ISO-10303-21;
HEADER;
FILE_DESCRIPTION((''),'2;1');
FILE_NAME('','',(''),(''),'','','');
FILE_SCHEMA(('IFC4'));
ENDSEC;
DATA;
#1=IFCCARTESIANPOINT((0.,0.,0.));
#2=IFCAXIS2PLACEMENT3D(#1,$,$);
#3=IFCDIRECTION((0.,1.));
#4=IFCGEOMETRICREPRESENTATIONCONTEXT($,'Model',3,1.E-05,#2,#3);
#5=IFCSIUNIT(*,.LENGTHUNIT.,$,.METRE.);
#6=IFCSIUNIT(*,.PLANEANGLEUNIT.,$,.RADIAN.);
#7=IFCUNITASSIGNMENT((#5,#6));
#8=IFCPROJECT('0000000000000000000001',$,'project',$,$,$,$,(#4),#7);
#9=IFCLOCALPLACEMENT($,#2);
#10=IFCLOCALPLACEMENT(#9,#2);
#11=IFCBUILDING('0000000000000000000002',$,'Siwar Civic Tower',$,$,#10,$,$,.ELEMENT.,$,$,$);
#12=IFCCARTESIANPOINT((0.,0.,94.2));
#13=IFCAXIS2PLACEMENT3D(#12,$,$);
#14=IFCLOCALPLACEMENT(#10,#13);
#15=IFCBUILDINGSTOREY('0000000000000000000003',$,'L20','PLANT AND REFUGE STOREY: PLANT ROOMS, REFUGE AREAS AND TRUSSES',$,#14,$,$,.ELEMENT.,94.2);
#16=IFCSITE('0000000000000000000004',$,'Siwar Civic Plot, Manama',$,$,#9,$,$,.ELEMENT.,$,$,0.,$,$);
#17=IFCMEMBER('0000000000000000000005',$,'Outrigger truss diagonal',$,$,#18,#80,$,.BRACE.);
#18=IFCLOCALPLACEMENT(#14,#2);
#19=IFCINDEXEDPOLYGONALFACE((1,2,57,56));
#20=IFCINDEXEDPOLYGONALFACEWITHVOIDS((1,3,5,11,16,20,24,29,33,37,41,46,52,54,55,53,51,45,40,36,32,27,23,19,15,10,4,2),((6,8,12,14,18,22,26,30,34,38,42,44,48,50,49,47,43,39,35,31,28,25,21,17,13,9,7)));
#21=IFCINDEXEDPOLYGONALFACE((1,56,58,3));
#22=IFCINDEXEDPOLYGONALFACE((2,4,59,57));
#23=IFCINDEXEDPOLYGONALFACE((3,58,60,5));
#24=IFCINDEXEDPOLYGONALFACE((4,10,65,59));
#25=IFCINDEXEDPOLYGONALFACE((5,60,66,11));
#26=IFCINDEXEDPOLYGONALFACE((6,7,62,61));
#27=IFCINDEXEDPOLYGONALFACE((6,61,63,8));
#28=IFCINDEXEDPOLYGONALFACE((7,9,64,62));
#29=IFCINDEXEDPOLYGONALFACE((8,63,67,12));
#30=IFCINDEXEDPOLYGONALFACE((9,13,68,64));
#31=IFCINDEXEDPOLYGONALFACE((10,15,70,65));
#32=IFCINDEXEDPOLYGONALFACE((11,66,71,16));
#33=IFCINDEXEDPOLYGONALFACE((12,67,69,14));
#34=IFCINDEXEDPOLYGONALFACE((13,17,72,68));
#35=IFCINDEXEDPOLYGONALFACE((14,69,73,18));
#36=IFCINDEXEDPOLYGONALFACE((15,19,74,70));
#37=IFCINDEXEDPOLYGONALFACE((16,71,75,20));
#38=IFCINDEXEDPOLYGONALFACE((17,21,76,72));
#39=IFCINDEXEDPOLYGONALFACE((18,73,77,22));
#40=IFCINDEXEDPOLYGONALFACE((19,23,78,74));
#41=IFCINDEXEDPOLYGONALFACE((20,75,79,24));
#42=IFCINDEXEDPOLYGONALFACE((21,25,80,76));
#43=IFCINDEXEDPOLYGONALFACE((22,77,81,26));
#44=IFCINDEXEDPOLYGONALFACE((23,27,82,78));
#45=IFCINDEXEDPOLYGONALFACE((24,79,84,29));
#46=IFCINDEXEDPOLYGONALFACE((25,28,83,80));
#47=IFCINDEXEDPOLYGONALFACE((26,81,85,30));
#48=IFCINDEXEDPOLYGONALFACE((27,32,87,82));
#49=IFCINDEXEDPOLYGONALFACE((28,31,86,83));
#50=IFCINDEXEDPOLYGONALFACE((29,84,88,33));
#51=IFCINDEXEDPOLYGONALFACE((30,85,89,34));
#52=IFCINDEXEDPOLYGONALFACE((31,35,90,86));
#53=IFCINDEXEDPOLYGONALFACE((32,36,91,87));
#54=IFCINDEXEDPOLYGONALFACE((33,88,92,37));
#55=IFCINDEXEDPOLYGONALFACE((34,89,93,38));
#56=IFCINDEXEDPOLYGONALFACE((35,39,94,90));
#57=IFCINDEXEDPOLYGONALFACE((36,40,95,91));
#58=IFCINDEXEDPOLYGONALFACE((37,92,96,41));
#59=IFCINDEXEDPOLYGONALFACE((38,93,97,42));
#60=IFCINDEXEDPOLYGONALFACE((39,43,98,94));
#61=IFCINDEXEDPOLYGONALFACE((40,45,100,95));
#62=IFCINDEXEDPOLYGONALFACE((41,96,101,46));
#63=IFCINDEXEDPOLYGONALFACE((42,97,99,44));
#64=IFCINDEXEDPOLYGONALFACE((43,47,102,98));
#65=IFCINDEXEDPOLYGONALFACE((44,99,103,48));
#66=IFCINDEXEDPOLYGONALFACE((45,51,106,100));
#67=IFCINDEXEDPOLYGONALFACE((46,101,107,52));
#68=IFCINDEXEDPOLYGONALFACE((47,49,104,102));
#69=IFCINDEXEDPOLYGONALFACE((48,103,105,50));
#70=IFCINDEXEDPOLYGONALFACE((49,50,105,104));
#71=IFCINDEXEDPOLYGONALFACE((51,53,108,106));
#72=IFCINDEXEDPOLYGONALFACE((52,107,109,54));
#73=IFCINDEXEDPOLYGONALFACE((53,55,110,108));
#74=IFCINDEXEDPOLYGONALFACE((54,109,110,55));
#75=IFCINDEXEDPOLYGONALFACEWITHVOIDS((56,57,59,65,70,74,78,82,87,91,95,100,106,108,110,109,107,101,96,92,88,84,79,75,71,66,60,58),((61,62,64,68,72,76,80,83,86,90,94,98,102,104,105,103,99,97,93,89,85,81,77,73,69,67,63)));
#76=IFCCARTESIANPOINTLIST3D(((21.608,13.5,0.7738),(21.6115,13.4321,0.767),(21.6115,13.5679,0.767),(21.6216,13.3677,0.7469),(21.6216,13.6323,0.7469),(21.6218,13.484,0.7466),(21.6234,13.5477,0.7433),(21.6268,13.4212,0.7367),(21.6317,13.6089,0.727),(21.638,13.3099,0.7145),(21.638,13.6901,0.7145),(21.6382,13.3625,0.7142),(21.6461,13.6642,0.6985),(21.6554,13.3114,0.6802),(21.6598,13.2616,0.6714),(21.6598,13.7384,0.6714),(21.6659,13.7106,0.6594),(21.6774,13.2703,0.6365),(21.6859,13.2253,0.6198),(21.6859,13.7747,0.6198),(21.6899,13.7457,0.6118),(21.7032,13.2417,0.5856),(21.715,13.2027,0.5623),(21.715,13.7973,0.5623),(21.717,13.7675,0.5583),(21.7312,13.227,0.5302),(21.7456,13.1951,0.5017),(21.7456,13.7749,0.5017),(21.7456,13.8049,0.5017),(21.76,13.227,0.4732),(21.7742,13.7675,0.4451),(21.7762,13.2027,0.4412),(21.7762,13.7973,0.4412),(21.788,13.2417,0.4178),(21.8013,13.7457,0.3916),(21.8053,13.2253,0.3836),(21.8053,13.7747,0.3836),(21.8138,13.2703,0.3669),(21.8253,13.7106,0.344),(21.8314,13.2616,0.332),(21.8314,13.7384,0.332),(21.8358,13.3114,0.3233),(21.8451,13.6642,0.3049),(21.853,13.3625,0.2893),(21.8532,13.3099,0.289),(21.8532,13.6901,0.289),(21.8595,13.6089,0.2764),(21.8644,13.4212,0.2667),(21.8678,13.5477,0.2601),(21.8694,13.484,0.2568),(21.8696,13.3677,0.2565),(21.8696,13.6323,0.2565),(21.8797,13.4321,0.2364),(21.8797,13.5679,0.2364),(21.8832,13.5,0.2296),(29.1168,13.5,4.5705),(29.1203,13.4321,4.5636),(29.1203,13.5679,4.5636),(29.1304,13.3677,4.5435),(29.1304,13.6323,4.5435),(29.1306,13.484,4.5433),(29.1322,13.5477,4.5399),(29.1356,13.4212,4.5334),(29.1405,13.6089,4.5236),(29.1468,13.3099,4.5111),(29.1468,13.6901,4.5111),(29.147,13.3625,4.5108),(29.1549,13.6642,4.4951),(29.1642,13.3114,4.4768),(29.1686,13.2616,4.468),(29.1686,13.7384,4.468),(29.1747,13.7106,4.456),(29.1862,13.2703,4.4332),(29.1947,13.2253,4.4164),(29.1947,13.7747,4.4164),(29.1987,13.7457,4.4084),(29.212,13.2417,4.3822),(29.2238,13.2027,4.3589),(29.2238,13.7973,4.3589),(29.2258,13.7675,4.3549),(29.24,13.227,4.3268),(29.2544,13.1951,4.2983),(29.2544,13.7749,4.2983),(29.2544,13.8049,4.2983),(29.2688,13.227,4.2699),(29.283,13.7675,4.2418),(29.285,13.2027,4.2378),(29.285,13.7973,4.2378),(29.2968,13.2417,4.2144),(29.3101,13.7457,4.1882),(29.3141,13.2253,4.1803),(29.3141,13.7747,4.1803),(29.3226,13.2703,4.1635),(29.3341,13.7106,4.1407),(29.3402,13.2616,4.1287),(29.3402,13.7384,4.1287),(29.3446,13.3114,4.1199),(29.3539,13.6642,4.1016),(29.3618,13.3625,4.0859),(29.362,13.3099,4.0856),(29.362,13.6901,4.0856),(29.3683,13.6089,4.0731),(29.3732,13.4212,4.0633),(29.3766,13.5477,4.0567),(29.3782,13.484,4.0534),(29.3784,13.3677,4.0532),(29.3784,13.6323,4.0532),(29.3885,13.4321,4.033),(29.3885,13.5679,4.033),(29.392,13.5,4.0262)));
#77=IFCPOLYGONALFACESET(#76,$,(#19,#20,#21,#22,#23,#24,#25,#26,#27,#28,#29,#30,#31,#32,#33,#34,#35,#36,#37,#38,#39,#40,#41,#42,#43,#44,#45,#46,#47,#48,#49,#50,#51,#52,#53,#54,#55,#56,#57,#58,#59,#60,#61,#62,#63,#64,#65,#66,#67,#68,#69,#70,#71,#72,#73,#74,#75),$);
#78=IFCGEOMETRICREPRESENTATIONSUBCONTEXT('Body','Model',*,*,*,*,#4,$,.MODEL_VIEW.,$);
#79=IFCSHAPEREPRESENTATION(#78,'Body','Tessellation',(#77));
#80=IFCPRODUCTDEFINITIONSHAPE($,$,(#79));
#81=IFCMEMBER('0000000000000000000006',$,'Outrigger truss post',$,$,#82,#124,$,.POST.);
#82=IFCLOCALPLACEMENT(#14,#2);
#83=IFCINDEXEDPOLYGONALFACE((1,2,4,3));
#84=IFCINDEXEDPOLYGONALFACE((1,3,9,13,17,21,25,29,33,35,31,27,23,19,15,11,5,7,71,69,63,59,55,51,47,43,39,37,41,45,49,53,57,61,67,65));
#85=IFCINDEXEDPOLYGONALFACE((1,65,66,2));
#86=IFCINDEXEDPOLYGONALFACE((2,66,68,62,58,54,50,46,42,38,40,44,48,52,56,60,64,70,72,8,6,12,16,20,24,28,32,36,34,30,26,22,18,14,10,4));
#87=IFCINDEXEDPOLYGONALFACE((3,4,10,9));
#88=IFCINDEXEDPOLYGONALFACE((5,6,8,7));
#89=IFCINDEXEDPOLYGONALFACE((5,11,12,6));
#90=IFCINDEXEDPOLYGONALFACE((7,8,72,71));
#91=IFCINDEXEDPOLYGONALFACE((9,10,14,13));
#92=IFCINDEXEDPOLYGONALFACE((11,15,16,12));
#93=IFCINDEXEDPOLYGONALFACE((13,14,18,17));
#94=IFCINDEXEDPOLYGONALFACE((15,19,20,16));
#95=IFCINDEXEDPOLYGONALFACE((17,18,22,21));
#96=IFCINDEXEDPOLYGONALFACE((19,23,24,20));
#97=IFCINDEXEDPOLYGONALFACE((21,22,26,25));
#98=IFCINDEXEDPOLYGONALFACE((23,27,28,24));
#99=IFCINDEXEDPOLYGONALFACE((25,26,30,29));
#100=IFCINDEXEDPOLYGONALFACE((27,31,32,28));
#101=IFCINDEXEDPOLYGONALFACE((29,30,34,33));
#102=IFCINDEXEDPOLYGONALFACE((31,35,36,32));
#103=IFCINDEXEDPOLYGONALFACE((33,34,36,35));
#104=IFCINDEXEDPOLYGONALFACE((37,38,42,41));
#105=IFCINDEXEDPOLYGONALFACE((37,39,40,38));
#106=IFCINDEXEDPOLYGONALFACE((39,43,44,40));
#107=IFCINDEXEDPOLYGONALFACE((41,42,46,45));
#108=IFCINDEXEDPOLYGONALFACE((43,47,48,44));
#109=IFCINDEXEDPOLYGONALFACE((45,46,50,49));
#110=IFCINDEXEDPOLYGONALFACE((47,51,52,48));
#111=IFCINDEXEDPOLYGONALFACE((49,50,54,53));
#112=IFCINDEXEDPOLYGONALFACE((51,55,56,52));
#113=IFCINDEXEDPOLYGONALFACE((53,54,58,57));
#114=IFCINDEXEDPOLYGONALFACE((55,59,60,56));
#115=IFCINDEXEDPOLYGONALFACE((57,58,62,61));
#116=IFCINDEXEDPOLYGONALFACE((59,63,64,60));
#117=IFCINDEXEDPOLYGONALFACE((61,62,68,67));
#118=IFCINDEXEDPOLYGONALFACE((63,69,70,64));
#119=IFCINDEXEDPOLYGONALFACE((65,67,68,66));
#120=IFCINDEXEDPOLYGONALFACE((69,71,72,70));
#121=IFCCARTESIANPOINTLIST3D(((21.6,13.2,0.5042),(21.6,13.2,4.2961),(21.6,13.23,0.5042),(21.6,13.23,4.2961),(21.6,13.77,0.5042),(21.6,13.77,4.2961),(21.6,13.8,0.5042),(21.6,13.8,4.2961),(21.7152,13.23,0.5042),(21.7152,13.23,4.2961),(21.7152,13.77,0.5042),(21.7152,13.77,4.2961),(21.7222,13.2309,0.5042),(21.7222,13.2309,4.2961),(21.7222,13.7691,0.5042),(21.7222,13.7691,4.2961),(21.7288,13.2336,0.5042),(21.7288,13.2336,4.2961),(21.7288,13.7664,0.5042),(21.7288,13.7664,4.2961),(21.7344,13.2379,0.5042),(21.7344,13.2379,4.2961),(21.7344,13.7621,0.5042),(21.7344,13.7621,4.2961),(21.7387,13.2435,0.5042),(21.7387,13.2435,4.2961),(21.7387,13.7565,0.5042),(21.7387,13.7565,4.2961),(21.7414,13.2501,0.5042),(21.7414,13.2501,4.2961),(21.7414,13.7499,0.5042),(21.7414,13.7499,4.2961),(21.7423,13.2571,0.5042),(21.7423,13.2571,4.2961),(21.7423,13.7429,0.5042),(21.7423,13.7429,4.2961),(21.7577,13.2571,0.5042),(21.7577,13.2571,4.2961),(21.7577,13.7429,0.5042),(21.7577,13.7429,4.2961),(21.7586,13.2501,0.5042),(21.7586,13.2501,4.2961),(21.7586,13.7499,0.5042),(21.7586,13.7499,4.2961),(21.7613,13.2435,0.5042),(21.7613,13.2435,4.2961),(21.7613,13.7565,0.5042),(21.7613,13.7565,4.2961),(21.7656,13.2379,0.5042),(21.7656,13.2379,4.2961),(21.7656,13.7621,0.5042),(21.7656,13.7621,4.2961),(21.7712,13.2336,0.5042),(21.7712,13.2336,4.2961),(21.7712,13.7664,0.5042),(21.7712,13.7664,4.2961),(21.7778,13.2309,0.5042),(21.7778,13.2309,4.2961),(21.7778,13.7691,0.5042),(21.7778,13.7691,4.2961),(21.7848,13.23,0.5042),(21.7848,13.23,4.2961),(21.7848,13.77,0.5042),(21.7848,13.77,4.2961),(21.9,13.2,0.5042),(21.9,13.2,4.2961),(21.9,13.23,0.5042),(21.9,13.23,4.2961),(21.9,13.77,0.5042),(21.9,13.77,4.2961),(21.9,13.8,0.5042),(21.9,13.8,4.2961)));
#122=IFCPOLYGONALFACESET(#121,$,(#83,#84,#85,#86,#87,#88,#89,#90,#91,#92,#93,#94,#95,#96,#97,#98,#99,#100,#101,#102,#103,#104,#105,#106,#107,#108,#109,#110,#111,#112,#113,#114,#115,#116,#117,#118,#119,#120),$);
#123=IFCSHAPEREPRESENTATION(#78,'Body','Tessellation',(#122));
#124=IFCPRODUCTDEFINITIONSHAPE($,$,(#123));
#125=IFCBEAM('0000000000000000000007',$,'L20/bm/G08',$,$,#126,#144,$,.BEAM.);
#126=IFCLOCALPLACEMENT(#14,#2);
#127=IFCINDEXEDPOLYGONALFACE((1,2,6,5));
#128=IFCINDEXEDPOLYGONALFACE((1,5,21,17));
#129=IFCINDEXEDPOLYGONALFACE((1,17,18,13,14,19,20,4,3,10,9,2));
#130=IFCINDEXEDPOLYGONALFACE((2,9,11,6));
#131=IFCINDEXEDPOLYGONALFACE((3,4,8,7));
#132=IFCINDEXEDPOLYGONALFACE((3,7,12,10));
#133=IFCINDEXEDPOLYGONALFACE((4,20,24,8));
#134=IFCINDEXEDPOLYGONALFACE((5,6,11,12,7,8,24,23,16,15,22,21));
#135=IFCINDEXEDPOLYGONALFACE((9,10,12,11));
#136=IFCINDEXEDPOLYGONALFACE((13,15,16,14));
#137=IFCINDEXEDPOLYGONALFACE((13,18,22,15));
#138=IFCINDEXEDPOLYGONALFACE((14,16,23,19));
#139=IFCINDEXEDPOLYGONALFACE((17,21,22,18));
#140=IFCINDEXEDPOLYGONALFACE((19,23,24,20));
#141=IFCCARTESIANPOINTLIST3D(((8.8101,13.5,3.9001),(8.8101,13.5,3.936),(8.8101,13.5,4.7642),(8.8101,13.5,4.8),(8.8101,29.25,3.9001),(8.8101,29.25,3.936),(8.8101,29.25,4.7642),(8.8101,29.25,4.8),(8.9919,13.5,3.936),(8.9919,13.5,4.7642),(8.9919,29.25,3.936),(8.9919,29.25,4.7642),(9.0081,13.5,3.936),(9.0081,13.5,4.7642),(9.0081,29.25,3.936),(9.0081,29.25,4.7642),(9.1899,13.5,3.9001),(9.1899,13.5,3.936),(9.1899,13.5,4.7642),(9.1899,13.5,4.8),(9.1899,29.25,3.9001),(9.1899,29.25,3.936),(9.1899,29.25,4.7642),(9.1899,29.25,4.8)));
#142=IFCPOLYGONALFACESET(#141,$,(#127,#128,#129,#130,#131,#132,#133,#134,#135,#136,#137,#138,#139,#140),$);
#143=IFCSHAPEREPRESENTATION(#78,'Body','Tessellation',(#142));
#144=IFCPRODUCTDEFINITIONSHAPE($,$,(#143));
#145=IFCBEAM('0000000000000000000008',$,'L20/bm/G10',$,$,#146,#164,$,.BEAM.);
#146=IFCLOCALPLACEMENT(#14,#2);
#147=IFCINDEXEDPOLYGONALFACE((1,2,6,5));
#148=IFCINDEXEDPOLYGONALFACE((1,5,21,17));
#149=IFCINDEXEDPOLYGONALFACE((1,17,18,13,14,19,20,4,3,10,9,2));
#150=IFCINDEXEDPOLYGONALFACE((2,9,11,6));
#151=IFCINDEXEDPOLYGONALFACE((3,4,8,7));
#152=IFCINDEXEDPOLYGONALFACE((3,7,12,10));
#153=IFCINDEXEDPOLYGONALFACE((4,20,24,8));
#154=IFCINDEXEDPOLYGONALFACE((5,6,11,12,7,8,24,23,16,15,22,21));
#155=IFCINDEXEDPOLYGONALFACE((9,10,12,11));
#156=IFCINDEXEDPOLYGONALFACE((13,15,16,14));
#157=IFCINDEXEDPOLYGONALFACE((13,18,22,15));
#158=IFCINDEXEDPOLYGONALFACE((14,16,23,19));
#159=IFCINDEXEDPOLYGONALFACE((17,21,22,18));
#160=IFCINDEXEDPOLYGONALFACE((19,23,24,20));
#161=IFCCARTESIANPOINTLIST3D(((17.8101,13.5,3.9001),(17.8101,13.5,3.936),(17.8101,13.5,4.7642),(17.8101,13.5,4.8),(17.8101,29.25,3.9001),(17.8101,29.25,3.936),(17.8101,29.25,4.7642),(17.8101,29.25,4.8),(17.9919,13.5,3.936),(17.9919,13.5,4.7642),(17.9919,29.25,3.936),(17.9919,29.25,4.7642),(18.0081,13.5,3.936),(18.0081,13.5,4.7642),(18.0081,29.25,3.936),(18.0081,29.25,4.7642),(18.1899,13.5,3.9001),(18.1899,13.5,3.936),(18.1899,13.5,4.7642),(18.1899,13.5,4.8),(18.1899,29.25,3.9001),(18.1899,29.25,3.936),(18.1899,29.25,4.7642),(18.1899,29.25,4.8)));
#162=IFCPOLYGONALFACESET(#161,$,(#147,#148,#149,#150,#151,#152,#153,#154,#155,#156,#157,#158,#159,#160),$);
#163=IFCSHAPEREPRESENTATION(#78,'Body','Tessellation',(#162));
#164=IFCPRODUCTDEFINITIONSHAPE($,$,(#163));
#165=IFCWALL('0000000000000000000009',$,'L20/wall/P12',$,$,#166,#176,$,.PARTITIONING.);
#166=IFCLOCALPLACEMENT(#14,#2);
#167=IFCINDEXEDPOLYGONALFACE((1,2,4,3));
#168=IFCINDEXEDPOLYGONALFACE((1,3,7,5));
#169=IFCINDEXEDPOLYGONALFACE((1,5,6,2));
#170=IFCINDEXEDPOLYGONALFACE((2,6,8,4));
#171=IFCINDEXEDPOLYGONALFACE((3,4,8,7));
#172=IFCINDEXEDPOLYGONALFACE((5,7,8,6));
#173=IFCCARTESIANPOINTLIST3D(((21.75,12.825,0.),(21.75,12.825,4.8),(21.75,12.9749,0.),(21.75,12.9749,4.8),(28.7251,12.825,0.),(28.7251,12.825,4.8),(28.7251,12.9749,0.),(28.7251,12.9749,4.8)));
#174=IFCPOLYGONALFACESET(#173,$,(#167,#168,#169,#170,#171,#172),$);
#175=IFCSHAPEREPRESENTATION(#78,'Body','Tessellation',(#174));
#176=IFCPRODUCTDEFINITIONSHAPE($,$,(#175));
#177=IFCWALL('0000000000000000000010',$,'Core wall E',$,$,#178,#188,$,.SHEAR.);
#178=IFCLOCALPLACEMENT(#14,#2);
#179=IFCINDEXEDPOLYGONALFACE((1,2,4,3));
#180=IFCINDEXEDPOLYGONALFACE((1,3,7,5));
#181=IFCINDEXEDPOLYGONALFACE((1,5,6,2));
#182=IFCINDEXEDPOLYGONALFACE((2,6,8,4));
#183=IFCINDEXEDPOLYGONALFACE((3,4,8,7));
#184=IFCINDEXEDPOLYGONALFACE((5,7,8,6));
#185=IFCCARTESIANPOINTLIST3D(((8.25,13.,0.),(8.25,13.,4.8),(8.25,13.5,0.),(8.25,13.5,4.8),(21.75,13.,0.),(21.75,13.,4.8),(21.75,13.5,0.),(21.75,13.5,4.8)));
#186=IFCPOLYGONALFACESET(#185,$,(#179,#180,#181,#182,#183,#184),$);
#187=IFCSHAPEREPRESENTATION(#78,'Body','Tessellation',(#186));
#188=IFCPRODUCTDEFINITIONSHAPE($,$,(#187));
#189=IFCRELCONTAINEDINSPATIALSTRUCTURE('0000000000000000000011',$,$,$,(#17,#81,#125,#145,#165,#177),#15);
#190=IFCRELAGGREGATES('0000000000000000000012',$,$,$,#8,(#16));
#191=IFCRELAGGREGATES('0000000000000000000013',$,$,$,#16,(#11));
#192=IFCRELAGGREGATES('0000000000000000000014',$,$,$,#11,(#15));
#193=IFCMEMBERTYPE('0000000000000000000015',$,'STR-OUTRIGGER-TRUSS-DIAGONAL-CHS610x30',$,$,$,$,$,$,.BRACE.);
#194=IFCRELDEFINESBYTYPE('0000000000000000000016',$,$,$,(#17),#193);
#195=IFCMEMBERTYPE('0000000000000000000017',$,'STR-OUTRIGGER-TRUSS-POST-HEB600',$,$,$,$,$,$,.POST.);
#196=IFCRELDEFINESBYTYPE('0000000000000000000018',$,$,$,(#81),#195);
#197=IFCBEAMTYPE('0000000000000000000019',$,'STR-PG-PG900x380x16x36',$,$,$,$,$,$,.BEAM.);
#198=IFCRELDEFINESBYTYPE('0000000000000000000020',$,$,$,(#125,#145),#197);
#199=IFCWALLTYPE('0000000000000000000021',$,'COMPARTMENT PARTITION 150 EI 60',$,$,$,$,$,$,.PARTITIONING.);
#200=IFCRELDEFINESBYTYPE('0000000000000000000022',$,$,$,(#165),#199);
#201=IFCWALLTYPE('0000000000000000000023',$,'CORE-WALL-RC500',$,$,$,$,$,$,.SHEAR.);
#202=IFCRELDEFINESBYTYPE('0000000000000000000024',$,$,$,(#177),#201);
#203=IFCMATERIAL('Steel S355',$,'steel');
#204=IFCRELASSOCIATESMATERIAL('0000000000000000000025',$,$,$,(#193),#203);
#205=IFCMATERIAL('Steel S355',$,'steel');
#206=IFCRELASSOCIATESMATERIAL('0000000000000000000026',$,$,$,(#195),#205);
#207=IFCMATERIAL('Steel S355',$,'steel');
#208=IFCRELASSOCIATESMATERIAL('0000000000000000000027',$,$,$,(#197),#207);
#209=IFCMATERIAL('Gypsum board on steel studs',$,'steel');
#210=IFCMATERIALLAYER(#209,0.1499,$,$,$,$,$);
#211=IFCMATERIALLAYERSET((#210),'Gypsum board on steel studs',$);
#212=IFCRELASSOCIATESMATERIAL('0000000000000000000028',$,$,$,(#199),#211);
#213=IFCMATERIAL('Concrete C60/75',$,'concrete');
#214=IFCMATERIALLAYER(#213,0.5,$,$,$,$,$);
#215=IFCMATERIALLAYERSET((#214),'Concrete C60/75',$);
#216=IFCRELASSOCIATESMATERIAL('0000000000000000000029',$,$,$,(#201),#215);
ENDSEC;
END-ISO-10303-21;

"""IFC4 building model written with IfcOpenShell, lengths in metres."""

from ifc_helpers import new_model, si_unit, direction, frame, frame_2d, origin, origin_2d, place, context, subcontext, project, spatial, rectangle, hollow_circle, i_section, extrude, material, layer, layer_set, material_profile, profile_set, type_object, element, save


model = new_model("IFC4")

# Units and contexts
model_context = context("Model", 3, precision=1e-05, world=origin(), true_north=direction((0.0, 1.0)))
body_context = subcontext(model_context, "Body", "Model", "MODEL_VIEW")
ifc_project = project(units=[si_unit("LENGTHUNIT", "METRE"), si_unit("PLANEANGLEUNIT", "RADIAN")], contexts=[model_context])

# Site, building, storey
site_placement = place(None, origin())
site = spatial("IfcSite", under=ifc_project, at=site_placement, Name="Siwar Civic Plot, Manama", CompositionType="ELEMENT", RefElevation=0.0)
building_placement = place(site_placement, origin())
building = spatial("IfcBuilding", under=site, at=building_placement, Name="Siwar Civic Tower", CompositionType="ELEMENT")
storey_placement = place(building_placement, frame((0.0, 0.0, 94.2)))
storey = spatial("IfcBuildingStorey", under=building, at=storey_placement, Name="L20", Description="PLANT AND REFUGE STOREY: PLANT ROOMS, REFUGE AREAS AND TRUSSES", CompositionType="ELEMENT", Elevation=94.2)

# Members
ifc_material_1 = material(Name="Steel S355", Category="steel")
ifc_material_profile_1 = material_profile(ifc_material_1, hollow_circle(Radius=0.3049, WallThickness=0.03, at=origin_2d()), Name="CHS610x30")
ifc_profile_set_1 = profile_set([ifc_material_profile_1], Name="Steel S355")
member_type_1 = type_object("IfcMemberType", Name="STR-OUTRIGGER-TRUSS-DIAGONAL-CHS610x30", PredefinedType="BRACE", material=ifc_profile_set_1)
member_1_placement = place(storey_placement, frame((21.7456, 13.5, 0.5017), z_axis=(0.89241, 0.0, 0.451225), x_axis=(0.0, 1.0, 0.0)))
element("IfcMember", 1, at=member_1_placement, inside=storey, type_object=member_type_1, Name="Outrigger truss diagonal", PredefinedType="BRACE", context=body_context, shape_type="SweptSolid", body=[
    extrude(hollow_circle(Radius=0.3049, WallThickness=0.03, at=origin_2d()), origin(), (0.0, 0.0, 1.0), 8.4141),
])
ifc_material_2 = material(Name="Steel S355", Category="steel")
ifc_material_profile_2 = material_profile(ifc_material_2, i_section(OverallWidth=0.3, OverallDepth=0.6001, WebThickness=0.0154, FlangeThickness=0.03, FilletRadius=0.0271, at=origin_2d()), Name="HEB600")
ifc_profile_set_2 = profile_set([ifc_material_profile_2], Name="Steel S355")
member_type_2 = type_object("IfcMemberType", Name="STR-OUTRIGGER-TRUSS-POST-HEB600", PredefinedType="POST", material=ifc_profile_set_2)
member_2_placement = place(storey_placement, frame((21.75, 13.5, 0.5042), z_axis=(0.0, 0.0, 1.0), x_axis=(1.0, 0.0, 0.0)))
element("IfcMember", 2, at=member_2_placement, inside=storey, type_object=member_type_2, Name="Outrigger truss post", PredefinedType="POST", context=body_context, shape_type="SweptSolid", body=[
    extrude(i_section(OverallWidth=0.3, OverallDepth=0.6001, WebThickness=0.0154, FlangeThickness=0.03, FilletRadius=0.0271, at=origin_2d()), origin(), (0.0, 0.0, 1.0), 3.792),
])

# Beams
ifc_material_3 = material(Name="Steel S355", Category="steel")
ifc_material_profile_3 = material_profile(ifc_material_3, i_section(OverallWidth=0.3799, OverallDepth=0.8999, WebThickness=0.0161, FlangeThickness=0.0359, at=origin_2d()), Name="PG900x380x16x36")
ifc_profile_set_3 = profile_set([ifc_material_profile_3], Name="Steel S355")
beam_type_1 = type_object("IfcBeamType", Name="STR-PG-PG900x380x16x36", PredefinedType="BEAM", material=ifc_profile_set_3)
for number, where, z_axis, x_axis, name in (
    (3, (9.0, 13.5, 4.3501), (0.0, 1.0, 0.0), (-1.0, 0.0, 0.0), "L20/bm/G08"),
    (4, (18.0, 13.5, 4.3501), (0.0, 1.0, 0.0), (-1.0, 0.0, 0.0), "L20/bm/G10"),
):
    element("IfcBeam", number, at=place(storey_placement, frame(where, z_axis=z_axis, x_axis=x_axis)), inside=storey, type_object=beam_type_1, Name=name, PredefinedType="BEAM", context=body_context, shape_type="SweptSolid", body=[
        extrude(i_section(OverallWidth=0.3799, OverallDepth=0.8999, WebThickness=0.0161, FlangeThickness=0.0359, at=origin_2d()), origin(), (0.0, 0.0, 1.0), 15.75),
    ])

# Walls
ifc_material_4 = material(Name="Gypsum board on steel studs", Category="steel")
ifc_layer_1 = layer(ifc_material_4, 0.1499)
ifc_layer_set_1 = layer_set([ifc_layer_1], Name="Gypsum board on steel studs")
wall_type_1 = type_object("IfcWallType", Name="COMPARTMENT PARTITION 150 EI 60", PredefinedType="PARTITIONING", material=ifc_layer_set_1)
wall_1_placement = place(storey_placement, frame((21.75, 12.8999, 0.0), z_axis=(0.0, 0.0, 1.0), x_axis=(1.0, 0.0, 0.0)))
element("IfcWall", 5, at=wall_1_placement, inside=storey, type_object=wall_type_1, Name="L20/wall/P12", PredefinedType="PARTITIONING", context=body_context, shape_type="SweptSolid", body=[
    extrude(rectangle(XDim=6.9751, YDim=0.1499, at=frame_2d((3.4875, 0.0))), origin(), (0.0, 0.0, 1.0), 4.8),
])
ifc_material_5 = material(Name="Concrete C60/75", Category="concrete")
ifc_layer_2 = layer(ifc_material_5, 0.5)
ifc_layer_set_2 = layer_set([ifc_layer_2], Name="Concrete C60/75")
wall_type_2 = type_object("IfcWallType", Name="CORE-WALL-RC500", PredefinedType="SHEAR", material=ifc_layer_set_2)
wall_2_placement = place(storey_placement, frame((8.25, 13.25, 0.0), z_axis=(0.0, 0.0, 1.0), x_axis=(1.0, 0.0, 0.0)))
element("IfcWall", 6, at=wall_2_placement, inside=storey, type_object=wall_type_2, Name="Core wall E", PredefinedType="SHEAR", context=body_context, shape_type="SweptSolid", body=[
    extrude(rectangle(XDim=13.5, YDim=0.5, at=frame_2d((6.75, 0.0))), origin(), (0.0, 0.0, 1.0), 4.8),
])

save(model, "model.ifc")
